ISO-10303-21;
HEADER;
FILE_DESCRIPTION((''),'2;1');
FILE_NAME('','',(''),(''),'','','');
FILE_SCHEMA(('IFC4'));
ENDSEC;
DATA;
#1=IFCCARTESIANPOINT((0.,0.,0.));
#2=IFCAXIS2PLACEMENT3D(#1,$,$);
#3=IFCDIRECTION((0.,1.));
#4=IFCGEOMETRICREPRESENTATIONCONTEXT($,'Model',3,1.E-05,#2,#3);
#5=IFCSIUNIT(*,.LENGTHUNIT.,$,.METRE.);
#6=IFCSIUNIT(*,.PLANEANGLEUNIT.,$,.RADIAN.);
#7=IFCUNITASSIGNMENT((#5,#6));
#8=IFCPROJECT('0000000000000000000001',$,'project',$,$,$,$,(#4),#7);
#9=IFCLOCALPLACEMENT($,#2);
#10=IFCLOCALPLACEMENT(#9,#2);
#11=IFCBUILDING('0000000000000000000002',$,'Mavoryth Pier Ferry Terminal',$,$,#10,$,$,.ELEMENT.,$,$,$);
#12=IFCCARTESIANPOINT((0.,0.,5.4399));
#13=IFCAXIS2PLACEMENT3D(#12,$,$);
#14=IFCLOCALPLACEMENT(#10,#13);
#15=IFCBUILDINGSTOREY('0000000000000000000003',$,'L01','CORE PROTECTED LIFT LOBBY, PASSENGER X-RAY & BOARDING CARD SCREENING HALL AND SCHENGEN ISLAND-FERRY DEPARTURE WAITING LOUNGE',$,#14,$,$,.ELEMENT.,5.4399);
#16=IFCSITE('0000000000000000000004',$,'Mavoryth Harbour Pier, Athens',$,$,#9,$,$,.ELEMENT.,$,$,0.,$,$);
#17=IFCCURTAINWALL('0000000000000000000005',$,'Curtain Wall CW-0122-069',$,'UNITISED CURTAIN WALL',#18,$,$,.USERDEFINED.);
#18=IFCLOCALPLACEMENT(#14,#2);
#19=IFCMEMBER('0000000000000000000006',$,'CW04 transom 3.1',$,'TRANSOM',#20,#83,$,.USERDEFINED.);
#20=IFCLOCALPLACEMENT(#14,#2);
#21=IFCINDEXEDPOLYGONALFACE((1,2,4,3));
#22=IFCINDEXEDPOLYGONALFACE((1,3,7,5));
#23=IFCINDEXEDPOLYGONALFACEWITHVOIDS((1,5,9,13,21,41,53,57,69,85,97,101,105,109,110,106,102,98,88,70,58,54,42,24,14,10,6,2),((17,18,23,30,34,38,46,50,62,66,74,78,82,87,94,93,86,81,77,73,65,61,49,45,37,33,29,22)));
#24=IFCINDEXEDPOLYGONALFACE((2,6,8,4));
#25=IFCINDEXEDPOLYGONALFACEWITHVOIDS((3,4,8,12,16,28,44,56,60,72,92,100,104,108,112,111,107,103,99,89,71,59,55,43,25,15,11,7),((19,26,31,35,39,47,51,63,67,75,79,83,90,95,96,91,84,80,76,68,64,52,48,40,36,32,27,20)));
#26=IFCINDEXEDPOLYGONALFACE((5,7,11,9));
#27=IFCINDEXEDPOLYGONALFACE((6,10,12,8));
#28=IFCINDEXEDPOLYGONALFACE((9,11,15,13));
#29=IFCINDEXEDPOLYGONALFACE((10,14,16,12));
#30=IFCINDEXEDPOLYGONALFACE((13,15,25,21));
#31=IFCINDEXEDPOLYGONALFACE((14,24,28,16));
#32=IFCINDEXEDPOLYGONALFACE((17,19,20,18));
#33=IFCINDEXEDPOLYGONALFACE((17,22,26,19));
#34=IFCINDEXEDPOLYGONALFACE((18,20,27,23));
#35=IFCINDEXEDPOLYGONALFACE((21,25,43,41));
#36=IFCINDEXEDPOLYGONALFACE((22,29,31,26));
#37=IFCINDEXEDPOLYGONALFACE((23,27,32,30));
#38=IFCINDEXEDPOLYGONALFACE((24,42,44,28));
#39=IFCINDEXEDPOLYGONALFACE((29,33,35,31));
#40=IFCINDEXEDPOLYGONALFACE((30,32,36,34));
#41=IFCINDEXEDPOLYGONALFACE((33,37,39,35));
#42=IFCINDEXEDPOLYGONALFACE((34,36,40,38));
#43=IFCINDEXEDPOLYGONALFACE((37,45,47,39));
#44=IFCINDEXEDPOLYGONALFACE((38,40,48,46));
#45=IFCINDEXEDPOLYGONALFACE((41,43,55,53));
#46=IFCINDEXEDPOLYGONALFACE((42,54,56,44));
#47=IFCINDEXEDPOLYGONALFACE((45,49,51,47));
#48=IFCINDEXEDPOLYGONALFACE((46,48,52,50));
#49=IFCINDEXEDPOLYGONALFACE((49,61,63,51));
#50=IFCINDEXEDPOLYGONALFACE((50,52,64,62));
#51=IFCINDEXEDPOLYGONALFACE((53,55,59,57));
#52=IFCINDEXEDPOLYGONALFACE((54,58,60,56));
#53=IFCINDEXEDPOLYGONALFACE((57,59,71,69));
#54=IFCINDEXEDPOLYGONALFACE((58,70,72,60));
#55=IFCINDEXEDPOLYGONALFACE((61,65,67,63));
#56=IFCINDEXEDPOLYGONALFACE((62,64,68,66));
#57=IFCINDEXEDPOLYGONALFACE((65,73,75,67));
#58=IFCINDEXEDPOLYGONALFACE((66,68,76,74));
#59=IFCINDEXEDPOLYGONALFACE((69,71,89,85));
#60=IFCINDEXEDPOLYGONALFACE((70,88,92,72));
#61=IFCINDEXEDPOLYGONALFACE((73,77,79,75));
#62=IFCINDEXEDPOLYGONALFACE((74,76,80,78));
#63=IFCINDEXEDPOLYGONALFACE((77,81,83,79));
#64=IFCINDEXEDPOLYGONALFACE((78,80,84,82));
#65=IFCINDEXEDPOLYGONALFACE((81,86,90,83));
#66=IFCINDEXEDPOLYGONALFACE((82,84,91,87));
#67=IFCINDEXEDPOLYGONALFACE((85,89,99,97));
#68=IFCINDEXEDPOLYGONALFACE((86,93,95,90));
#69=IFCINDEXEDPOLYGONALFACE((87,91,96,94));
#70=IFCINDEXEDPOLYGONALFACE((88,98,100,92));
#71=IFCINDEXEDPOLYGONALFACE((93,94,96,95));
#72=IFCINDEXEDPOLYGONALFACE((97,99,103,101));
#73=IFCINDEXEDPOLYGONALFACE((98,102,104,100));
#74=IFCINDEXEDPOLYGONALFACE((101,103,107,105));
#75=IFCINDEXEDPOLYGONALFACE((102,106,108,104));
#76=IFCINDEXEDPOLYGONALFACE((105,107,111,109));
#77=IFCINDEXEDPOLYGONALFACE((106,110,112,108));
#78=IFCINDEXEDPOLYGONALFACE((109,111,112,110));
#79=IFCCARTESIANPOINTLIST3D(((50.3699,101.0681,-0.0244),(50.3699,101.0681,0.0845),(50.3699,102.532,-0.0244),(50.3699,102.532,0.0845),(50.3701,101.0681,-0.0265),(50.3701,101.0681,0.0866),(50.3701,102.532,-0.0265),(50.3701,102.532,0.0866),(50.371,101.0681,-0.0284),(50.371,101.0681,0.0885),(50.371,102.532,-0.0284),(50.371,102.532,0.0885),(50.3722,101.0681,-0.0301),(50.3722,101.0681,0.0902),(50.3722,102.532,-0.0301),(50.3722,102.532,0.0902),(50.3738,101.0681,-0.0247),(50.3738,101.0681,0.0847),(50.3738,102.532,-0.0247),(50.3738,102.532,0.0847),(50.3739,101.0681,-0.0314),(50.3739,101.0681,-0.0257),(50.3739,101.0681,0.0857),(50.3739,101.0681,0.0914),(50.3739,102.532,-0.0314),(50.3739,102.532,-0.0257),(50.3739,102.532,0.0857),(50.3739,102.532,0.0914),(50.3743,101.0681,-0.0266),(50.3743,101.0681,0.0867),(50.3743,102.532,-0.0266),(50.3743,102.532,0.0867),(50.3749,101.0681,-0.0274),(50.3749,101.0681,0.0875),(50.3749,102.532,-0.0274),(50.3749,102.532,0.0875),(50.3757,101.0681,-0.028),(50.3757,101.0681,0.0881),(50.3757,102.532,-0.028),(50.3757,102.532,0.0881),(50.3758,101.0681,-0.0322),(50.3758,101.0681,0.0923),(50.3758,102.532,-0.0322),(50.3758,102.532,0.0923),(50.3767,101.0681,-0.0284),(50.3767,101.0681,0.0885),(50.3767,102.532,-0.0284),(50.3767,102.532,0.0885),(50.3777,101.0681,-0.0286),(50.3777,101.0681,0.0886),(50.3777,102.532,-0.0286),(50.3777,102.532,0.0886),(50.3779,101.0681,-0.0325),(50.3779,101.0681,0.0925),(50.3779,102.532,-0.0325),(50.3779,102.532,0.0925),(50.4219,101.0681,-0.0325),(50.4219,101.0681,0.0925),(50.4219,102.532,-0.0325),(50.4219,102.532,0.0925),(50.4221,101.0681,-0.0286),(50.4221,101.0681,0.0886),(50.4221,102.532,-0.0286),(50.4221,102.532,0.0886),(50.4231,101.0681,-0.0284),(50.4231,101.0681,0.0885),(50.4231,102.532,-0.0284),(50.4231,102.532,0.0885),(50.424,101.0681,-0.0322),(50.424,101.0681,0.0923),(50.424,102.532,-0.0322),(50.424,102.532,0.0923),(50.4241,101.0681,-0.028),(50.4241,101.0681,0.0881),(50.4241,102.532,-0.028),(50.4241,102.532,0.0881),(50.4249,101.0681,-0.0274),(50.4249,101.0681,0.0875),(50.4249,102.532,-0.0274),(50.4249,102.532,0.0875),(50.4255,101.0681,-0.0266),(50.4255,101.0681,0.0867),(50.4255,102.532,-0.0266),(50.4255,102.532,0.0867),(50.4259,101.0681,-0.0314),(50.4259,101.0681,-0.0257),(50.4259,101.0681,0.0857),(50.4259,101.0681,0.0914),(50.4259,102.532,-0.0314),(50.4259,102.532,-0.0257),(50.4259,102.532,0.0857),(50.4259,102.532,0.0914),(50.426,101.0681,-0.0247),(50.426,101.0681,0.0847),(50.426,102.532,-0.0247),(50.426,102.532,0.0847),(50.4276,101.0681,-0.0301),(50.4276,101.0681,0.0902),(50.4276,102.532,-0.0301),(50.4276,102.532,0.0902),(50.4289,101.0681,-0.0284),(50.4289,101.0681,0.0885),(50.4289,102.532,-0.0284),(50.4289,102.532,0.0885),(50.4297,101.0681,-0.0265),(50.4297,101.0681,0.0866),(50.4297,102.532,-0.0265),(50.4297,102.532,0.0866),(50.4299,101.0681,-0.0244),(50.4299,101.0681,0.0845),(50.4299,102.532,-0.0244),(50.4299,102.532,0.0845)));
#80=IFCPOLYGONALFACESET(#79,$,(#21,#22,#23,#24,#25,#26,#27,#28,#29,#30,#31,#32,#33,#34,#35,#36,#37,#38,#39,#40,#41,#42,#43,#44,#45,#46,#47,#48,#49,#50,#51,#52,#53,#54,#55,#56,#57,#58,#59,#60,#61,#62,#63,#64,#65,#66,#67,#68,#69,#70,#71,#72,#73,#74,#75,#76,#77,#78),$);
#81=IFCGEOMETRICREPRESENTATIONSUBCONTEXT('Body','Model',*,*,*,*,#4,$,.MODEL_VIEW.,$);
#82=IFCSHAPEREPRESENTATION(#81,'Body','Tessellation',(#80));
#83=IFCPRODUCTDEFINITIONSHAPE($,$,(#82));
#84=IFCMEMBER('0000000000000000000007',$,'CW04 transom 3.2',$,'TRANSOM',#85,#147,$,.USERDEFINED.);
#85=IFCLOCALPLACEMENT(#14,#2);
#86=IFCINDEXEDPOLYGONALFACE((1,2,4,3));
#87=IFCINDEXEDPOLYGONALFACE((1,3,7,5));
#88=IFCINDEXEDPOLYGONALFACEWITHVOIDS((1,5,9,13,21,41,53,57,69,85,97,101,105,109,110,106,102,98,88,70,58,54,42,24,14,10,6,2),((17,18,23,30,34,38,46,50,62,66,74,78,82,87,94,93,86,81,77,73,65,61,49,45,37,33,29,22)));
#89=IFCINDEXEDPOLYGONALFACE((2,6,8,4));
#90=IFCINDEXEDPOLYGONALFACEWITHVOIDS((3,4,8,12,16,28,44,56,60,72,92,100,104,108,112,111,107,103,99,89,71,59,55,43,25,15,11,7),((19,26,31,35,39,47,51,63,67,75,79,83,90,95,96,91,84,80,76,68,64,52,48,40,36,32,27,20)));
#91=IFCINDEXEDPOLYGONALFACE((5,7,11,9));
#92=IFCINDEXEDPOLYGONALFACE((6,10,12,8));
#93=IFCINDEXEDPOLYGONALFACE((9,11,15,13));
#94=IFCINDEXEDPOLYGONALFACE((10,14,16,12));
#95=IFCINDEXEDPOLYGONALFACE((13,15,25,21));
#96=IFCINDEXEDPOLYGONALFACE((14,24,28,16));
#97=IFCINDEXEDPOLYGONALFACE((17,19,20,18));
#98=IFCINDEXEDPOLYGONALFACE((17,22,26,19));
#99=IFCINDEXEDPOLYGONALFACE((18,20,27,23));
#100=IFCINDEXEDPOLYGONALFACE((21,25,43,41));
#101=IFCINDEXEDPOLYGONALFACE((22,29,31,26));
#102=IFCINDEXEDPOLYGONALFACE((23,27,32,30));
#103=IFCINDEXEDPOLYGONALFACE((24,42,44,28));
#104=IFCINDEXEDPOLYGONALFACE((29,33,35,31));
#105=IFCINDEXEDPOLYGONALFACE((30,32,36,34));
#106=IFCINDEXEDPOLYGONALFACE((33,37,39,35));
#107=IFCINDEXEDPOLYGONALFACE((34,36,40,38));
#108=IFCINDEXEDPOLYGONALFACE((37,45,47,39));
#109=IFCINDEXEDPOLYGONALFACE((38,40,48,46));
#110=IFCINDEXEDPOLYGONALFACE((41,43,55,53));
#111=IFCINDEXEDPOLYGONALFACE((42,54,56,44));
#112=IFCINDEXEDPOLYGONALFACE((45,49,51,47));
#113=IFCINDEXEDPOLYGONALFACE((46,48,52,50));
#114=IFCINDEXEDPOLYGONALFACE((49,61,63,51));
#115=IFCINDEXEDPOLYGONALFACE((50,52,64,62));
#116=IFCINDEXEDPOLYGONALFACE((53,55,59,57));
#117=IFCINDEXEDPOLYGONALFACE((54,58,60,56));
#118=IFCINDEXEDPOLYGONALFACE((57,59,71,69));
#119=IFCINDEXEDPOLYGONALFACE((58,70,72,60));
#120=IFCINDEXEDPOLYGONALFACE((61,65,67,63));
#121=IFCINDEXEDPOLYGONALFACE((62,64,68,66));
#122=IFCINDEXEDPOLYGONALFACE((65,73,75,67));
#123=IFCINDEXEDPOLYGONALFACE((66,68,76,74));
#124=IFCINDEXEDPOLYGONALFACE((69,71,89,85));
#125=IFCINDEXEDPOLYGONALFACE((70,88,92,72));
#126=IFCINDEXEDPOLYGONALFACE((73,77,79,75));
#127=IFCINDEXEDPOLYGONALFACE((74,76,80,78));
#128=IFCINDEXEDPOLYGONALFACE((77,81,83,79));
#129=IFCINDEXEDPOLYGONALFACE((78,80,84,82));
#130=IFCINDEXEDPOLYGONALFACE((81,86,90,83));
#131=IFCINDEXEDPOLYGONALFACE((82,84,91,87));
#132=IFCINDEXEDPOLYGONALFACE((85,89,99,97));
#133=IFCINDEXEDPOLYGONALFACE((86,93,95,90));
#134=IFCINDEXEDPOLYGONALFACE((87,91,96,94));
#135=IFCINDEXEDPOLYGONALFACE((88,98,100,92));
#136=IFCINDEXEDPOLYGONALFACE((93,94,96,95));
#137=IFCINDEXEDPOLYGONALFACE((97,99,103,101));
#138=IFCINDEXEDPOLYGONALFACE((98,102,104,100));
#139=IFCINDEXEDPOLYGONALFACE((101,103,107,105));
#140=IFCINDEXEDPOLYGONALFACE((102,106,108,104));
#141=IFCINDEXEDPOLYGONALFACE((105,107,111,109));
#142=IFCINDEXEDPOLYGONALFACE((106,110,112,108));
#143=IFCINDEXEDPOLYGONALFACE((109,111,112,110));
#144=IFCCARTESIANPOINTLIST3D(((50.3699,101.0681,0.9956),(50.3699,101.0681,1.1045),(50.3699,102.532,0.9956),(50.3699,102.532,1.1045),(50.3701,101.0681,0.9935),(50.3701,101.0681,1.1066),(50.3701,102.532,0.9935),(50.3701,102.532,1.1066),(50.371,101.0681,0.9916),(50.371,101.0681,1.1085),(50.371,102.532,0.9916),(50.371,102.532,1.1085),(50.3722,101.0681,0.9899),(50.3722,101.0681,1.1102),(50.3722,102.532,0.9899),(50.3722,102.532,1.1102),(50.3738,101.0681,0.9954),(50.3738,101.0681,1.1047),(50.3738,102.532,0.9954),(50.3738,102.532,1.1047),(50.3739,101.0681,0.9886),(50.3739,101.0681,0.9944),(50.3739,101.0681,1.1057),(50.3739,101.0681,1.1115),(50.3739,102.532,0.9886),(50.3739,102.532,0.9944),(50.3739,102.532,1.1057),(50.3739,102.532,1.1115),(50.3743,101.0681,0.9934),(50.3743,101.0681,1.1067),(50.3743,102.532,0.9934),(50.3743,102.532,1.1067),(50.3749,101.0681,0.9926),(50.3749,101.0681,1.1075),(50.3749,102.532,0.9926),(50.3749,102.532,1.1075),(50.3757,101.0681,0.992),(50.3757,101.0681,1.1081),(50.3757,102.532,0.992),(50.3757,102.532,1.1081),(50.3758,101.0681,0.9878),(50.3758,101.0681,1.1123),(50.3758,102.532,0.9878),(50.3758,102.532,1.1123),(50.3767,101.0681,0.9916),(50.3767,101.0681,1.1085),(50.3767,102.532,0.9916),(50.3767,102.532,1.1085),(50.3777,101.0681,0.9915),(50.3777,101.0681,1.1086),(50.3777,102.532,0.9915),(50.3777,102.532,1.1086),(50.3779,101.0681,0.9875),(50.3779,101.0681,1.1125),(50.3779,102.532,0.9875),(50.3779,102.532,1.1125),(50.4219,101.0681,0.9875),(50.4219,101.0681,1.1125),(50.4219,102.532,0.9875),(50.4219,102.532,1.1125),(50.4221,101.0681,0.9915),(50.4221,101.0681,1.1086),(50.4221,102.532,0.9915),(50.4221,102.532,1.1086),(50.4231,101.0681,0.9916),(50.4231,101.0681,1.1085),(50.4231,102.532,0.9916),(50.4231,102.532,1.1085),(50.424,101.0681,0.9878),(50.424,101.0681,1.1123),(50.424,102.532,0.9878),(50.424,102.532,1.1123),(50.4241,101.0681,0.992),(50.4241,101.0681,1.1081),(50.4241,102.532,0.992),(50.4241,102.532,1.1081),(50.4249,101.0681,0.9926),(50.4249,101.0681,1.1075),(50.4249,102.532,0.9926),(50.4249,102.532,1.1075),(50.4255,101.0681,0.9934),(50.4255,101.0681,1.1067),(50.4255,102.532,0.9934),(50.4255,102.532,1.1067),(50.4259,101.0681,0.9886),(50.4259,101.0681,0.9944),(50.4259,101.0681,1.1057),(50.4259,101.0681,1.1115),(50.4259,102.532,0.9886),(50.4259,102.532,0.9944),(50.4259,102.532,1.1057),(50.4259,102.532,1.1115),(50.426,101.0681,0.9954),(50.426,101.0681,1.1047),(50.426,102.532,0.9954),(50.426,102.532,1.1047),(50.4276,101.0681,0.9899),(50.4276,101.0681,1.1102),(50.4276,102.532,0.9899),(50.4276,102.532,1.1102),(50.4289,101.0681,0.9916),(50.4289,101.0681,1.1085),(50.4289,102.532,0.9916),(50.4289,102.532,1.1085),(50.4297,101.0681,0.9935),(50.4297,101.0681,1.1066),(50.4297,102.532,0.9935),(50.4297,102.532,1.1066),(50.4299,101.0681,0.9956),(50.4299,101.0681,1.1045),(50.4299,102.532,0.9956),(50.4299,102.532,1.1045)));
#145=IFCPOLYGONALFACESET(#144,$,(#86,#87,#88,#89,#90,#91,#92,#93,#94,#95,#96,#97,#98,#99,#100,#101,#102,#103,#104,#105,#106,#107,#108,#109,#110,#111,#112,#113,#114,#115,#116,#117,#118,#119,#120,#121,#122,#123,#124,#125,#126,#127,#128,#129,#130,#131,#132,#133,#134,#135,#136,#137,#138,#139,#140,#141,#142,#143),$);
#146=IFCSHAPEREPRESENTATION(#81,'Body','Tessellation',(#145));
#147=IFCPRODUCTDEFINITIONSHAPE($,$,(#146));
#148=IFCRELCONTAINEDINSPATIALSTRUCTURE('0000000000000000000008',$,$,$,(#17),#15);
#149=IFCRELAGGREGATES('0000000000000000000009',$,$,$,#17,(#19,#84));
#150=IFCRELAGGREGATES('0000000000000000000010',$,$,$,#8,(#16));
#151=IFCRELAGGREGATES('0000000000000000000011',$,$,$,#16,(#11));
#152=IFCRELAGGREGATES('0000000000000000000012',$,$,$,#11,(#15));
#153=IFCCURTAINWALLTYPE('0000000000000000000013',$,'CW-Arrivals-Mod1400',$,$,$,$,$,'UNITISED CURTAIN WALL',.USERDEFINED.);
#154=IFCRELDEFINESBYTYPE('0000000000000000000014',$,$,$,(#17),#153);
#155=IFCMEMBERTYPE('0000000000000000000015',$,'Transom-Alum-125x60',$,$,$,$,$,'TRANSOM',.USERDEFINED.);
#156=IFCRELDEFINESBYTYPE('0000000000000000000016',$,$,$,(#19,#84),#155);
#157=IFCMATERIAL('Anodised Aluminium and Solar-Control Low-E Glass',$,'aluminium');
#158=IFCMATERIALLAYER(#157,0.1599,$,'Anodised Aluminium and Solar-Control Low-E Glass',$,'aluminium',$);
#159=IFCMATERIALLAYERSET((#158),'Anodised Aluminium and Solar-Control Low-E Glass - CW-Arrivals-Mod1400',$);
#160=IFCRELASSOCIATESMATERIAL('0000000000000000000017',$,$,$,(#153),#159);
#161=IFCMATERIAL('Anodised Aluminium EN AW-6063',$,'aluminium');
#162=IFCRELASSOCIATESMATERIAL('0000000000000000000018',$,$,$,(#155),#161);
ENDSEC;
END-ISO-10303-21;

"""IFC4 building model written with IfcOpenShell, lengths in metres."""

from ifc_helpers import new_model, si_unit, direction, frame, origin, origin_2d, place, context, subcontext, project, spatial, hollow_rectangle, extrude, material, layer, layer_set, material_profile, profile_set, type_object, element, aggregate, save


model = new_model("IFC4")

# Units and contexts
model_context = context("Model", 3, precision=1e-05, world=origin(), true_north=direction((0.0, 1.0)))
body_context = subcontext(model_context, "Body", "Model", "MODEL_VIEW")
ifc_project = project(units=[si_unit("LENGTHUNIT", "METRE"), si_unit("PLANEANGLEUNIT", "RADIAN")], contexts=[model_context])

# Site, building, storey
site_placement = place(None, origin())
site = spatial("IfcSite", under=ifc_project, at=site_placement, Name="Mavoryth Harbour Pier, Athens", CompositionType="ELEMENT", RefElevation=0.0)
building_placement = place(site_placement, origin())
building = spatial("IfcBuilding", under=site, at=building_placement, Name="Mavoryth Pier Ferry Terminal", CompositionType="ELEMENT")
storey_placement = place(building_placement, frame((0.0, 0.0, 5.4399)))
storey = spatial("IfcBuildingStorey", under=building, at=storey_placement, Name="L01", Description="CORE PROTECTED LIFT LOBBY, PASSENGER X-RAY & BOARDING CARD SCREENING HALL AND SCHENGEN ISLAND-FERRY DEPARTURE WAITING LOUNGE", CompositionType="ELEMENT", Elevation=5.4399)

# Curtain wall
ifc_material_1 = material(Name="Anodised Aluminium and Solar-Control Low-E Glass", Category="aluminium")
ifc_layer_1 = layer(ifc_material_1, 0.1599, Name="Anodised Aluminium and Solar-Control Low-E Glass", Category="aluminium")
ifc_layer_set_1 = layer_set([ifc_layer_1], Name="Anodised Aluminium and Solar-Control Low-E Glass - CW-Arrivals-Mod1400")
curtain_wall_type = type_object("IfcCurtainWallType", Name="CW-Arrivals-Mod1400", ElementType="UNITISED CURTAIN WALL", PredefinedType="USERDEFINED", material=ifc_layer_set_1)
curtain_wall_placement = place(storey_placement, origin())
curtain_wall = element("IfcCurtainWall", 1, at=curtain_wall_placement, inside=storey, type_object=curtain_wall_type, Name="Curtain Wall CW-0122-069", ObjectType="UNITISED CURTAIN WALL", PredefinedType="USERDEFINED")
ifc_material_2 = material(Name="Anodised Aluminium EN AW-6063", Category="aluminium")

# Members
ifc_material_profile_1 = material_profile(ifc_material_2, hollow_rectangle(XDim=0.0601, YDim=0.125, WallThickness=0.0039, InnerFilletRadius=0.0039, OuterFilletRadius=0.0081, at=origin_2d()), Name="AL-TRAN 125x60x4", Category="aluminium")
ifc_profile_set_1 = profile_set([ifc_material_profile_1], Name="Anodised Aluminium EN AW-6063 - AL-TRAN 125x60x4")
member_type_1 = type_object("IfcMemberType", Name="Transom-Alum-125x60", ElementType="TRANSOM", PredefinedType="USERDEFINED", material=ifc_profile_set_1)
member_1_placement = place(storey_placement, frame((50.3999, 102.532, 0.03), z_axis=(0.0, -1.0, 0.0), x_axis=(1.0, 0.0, 0.0)))
member_1 = element("IfcMember", 2, at=member_1_placement, type_object=member_type_1, Name="CW04 transom 3.1", ObjectType="TRANSOM", PredefinedType="USERDEFINED", context=body_context, shape_type="SweptSolid", body=[
    extrude(hollow_rectangle(XDim=0.0601, YDim=0.125, WallThickness=0.0039, InnerFilletRadius=0.0039, OuterFilletRadius=0.0081, at=origin_2d()), origin(), (0.0, 0.0, 1.0), 1.4639),
])
member_2_placement = place(storey_placement, frame((50.3999, 102.532, 1.05), z_axis=(0.0, -1.0, 0.0), x_axis=(1.0, 0.0, 0.0)))
member_2 = element("IfcMember", 3, at=member_2_placement, type_object=member_type_1, Name="CW04 transom 3.2", ObjectType="TRANSOM", PredefinedType="USERDEFINED", context=body_context, shape_type="SweptSolid", body=[
    extrude(hollow_rectangle(XDim=0.0601, YDim=0.125, WallThickness=0.0039, InnerFilletRadius=0.0039, OuterFilletRadius=0.0081, at=origin_2d()), origin(), (0.0, 0.0, 1.0), 1.4639),
])

aggregate(curtain_wall, [member_1, member_2])

save(model, "model.ifc")
